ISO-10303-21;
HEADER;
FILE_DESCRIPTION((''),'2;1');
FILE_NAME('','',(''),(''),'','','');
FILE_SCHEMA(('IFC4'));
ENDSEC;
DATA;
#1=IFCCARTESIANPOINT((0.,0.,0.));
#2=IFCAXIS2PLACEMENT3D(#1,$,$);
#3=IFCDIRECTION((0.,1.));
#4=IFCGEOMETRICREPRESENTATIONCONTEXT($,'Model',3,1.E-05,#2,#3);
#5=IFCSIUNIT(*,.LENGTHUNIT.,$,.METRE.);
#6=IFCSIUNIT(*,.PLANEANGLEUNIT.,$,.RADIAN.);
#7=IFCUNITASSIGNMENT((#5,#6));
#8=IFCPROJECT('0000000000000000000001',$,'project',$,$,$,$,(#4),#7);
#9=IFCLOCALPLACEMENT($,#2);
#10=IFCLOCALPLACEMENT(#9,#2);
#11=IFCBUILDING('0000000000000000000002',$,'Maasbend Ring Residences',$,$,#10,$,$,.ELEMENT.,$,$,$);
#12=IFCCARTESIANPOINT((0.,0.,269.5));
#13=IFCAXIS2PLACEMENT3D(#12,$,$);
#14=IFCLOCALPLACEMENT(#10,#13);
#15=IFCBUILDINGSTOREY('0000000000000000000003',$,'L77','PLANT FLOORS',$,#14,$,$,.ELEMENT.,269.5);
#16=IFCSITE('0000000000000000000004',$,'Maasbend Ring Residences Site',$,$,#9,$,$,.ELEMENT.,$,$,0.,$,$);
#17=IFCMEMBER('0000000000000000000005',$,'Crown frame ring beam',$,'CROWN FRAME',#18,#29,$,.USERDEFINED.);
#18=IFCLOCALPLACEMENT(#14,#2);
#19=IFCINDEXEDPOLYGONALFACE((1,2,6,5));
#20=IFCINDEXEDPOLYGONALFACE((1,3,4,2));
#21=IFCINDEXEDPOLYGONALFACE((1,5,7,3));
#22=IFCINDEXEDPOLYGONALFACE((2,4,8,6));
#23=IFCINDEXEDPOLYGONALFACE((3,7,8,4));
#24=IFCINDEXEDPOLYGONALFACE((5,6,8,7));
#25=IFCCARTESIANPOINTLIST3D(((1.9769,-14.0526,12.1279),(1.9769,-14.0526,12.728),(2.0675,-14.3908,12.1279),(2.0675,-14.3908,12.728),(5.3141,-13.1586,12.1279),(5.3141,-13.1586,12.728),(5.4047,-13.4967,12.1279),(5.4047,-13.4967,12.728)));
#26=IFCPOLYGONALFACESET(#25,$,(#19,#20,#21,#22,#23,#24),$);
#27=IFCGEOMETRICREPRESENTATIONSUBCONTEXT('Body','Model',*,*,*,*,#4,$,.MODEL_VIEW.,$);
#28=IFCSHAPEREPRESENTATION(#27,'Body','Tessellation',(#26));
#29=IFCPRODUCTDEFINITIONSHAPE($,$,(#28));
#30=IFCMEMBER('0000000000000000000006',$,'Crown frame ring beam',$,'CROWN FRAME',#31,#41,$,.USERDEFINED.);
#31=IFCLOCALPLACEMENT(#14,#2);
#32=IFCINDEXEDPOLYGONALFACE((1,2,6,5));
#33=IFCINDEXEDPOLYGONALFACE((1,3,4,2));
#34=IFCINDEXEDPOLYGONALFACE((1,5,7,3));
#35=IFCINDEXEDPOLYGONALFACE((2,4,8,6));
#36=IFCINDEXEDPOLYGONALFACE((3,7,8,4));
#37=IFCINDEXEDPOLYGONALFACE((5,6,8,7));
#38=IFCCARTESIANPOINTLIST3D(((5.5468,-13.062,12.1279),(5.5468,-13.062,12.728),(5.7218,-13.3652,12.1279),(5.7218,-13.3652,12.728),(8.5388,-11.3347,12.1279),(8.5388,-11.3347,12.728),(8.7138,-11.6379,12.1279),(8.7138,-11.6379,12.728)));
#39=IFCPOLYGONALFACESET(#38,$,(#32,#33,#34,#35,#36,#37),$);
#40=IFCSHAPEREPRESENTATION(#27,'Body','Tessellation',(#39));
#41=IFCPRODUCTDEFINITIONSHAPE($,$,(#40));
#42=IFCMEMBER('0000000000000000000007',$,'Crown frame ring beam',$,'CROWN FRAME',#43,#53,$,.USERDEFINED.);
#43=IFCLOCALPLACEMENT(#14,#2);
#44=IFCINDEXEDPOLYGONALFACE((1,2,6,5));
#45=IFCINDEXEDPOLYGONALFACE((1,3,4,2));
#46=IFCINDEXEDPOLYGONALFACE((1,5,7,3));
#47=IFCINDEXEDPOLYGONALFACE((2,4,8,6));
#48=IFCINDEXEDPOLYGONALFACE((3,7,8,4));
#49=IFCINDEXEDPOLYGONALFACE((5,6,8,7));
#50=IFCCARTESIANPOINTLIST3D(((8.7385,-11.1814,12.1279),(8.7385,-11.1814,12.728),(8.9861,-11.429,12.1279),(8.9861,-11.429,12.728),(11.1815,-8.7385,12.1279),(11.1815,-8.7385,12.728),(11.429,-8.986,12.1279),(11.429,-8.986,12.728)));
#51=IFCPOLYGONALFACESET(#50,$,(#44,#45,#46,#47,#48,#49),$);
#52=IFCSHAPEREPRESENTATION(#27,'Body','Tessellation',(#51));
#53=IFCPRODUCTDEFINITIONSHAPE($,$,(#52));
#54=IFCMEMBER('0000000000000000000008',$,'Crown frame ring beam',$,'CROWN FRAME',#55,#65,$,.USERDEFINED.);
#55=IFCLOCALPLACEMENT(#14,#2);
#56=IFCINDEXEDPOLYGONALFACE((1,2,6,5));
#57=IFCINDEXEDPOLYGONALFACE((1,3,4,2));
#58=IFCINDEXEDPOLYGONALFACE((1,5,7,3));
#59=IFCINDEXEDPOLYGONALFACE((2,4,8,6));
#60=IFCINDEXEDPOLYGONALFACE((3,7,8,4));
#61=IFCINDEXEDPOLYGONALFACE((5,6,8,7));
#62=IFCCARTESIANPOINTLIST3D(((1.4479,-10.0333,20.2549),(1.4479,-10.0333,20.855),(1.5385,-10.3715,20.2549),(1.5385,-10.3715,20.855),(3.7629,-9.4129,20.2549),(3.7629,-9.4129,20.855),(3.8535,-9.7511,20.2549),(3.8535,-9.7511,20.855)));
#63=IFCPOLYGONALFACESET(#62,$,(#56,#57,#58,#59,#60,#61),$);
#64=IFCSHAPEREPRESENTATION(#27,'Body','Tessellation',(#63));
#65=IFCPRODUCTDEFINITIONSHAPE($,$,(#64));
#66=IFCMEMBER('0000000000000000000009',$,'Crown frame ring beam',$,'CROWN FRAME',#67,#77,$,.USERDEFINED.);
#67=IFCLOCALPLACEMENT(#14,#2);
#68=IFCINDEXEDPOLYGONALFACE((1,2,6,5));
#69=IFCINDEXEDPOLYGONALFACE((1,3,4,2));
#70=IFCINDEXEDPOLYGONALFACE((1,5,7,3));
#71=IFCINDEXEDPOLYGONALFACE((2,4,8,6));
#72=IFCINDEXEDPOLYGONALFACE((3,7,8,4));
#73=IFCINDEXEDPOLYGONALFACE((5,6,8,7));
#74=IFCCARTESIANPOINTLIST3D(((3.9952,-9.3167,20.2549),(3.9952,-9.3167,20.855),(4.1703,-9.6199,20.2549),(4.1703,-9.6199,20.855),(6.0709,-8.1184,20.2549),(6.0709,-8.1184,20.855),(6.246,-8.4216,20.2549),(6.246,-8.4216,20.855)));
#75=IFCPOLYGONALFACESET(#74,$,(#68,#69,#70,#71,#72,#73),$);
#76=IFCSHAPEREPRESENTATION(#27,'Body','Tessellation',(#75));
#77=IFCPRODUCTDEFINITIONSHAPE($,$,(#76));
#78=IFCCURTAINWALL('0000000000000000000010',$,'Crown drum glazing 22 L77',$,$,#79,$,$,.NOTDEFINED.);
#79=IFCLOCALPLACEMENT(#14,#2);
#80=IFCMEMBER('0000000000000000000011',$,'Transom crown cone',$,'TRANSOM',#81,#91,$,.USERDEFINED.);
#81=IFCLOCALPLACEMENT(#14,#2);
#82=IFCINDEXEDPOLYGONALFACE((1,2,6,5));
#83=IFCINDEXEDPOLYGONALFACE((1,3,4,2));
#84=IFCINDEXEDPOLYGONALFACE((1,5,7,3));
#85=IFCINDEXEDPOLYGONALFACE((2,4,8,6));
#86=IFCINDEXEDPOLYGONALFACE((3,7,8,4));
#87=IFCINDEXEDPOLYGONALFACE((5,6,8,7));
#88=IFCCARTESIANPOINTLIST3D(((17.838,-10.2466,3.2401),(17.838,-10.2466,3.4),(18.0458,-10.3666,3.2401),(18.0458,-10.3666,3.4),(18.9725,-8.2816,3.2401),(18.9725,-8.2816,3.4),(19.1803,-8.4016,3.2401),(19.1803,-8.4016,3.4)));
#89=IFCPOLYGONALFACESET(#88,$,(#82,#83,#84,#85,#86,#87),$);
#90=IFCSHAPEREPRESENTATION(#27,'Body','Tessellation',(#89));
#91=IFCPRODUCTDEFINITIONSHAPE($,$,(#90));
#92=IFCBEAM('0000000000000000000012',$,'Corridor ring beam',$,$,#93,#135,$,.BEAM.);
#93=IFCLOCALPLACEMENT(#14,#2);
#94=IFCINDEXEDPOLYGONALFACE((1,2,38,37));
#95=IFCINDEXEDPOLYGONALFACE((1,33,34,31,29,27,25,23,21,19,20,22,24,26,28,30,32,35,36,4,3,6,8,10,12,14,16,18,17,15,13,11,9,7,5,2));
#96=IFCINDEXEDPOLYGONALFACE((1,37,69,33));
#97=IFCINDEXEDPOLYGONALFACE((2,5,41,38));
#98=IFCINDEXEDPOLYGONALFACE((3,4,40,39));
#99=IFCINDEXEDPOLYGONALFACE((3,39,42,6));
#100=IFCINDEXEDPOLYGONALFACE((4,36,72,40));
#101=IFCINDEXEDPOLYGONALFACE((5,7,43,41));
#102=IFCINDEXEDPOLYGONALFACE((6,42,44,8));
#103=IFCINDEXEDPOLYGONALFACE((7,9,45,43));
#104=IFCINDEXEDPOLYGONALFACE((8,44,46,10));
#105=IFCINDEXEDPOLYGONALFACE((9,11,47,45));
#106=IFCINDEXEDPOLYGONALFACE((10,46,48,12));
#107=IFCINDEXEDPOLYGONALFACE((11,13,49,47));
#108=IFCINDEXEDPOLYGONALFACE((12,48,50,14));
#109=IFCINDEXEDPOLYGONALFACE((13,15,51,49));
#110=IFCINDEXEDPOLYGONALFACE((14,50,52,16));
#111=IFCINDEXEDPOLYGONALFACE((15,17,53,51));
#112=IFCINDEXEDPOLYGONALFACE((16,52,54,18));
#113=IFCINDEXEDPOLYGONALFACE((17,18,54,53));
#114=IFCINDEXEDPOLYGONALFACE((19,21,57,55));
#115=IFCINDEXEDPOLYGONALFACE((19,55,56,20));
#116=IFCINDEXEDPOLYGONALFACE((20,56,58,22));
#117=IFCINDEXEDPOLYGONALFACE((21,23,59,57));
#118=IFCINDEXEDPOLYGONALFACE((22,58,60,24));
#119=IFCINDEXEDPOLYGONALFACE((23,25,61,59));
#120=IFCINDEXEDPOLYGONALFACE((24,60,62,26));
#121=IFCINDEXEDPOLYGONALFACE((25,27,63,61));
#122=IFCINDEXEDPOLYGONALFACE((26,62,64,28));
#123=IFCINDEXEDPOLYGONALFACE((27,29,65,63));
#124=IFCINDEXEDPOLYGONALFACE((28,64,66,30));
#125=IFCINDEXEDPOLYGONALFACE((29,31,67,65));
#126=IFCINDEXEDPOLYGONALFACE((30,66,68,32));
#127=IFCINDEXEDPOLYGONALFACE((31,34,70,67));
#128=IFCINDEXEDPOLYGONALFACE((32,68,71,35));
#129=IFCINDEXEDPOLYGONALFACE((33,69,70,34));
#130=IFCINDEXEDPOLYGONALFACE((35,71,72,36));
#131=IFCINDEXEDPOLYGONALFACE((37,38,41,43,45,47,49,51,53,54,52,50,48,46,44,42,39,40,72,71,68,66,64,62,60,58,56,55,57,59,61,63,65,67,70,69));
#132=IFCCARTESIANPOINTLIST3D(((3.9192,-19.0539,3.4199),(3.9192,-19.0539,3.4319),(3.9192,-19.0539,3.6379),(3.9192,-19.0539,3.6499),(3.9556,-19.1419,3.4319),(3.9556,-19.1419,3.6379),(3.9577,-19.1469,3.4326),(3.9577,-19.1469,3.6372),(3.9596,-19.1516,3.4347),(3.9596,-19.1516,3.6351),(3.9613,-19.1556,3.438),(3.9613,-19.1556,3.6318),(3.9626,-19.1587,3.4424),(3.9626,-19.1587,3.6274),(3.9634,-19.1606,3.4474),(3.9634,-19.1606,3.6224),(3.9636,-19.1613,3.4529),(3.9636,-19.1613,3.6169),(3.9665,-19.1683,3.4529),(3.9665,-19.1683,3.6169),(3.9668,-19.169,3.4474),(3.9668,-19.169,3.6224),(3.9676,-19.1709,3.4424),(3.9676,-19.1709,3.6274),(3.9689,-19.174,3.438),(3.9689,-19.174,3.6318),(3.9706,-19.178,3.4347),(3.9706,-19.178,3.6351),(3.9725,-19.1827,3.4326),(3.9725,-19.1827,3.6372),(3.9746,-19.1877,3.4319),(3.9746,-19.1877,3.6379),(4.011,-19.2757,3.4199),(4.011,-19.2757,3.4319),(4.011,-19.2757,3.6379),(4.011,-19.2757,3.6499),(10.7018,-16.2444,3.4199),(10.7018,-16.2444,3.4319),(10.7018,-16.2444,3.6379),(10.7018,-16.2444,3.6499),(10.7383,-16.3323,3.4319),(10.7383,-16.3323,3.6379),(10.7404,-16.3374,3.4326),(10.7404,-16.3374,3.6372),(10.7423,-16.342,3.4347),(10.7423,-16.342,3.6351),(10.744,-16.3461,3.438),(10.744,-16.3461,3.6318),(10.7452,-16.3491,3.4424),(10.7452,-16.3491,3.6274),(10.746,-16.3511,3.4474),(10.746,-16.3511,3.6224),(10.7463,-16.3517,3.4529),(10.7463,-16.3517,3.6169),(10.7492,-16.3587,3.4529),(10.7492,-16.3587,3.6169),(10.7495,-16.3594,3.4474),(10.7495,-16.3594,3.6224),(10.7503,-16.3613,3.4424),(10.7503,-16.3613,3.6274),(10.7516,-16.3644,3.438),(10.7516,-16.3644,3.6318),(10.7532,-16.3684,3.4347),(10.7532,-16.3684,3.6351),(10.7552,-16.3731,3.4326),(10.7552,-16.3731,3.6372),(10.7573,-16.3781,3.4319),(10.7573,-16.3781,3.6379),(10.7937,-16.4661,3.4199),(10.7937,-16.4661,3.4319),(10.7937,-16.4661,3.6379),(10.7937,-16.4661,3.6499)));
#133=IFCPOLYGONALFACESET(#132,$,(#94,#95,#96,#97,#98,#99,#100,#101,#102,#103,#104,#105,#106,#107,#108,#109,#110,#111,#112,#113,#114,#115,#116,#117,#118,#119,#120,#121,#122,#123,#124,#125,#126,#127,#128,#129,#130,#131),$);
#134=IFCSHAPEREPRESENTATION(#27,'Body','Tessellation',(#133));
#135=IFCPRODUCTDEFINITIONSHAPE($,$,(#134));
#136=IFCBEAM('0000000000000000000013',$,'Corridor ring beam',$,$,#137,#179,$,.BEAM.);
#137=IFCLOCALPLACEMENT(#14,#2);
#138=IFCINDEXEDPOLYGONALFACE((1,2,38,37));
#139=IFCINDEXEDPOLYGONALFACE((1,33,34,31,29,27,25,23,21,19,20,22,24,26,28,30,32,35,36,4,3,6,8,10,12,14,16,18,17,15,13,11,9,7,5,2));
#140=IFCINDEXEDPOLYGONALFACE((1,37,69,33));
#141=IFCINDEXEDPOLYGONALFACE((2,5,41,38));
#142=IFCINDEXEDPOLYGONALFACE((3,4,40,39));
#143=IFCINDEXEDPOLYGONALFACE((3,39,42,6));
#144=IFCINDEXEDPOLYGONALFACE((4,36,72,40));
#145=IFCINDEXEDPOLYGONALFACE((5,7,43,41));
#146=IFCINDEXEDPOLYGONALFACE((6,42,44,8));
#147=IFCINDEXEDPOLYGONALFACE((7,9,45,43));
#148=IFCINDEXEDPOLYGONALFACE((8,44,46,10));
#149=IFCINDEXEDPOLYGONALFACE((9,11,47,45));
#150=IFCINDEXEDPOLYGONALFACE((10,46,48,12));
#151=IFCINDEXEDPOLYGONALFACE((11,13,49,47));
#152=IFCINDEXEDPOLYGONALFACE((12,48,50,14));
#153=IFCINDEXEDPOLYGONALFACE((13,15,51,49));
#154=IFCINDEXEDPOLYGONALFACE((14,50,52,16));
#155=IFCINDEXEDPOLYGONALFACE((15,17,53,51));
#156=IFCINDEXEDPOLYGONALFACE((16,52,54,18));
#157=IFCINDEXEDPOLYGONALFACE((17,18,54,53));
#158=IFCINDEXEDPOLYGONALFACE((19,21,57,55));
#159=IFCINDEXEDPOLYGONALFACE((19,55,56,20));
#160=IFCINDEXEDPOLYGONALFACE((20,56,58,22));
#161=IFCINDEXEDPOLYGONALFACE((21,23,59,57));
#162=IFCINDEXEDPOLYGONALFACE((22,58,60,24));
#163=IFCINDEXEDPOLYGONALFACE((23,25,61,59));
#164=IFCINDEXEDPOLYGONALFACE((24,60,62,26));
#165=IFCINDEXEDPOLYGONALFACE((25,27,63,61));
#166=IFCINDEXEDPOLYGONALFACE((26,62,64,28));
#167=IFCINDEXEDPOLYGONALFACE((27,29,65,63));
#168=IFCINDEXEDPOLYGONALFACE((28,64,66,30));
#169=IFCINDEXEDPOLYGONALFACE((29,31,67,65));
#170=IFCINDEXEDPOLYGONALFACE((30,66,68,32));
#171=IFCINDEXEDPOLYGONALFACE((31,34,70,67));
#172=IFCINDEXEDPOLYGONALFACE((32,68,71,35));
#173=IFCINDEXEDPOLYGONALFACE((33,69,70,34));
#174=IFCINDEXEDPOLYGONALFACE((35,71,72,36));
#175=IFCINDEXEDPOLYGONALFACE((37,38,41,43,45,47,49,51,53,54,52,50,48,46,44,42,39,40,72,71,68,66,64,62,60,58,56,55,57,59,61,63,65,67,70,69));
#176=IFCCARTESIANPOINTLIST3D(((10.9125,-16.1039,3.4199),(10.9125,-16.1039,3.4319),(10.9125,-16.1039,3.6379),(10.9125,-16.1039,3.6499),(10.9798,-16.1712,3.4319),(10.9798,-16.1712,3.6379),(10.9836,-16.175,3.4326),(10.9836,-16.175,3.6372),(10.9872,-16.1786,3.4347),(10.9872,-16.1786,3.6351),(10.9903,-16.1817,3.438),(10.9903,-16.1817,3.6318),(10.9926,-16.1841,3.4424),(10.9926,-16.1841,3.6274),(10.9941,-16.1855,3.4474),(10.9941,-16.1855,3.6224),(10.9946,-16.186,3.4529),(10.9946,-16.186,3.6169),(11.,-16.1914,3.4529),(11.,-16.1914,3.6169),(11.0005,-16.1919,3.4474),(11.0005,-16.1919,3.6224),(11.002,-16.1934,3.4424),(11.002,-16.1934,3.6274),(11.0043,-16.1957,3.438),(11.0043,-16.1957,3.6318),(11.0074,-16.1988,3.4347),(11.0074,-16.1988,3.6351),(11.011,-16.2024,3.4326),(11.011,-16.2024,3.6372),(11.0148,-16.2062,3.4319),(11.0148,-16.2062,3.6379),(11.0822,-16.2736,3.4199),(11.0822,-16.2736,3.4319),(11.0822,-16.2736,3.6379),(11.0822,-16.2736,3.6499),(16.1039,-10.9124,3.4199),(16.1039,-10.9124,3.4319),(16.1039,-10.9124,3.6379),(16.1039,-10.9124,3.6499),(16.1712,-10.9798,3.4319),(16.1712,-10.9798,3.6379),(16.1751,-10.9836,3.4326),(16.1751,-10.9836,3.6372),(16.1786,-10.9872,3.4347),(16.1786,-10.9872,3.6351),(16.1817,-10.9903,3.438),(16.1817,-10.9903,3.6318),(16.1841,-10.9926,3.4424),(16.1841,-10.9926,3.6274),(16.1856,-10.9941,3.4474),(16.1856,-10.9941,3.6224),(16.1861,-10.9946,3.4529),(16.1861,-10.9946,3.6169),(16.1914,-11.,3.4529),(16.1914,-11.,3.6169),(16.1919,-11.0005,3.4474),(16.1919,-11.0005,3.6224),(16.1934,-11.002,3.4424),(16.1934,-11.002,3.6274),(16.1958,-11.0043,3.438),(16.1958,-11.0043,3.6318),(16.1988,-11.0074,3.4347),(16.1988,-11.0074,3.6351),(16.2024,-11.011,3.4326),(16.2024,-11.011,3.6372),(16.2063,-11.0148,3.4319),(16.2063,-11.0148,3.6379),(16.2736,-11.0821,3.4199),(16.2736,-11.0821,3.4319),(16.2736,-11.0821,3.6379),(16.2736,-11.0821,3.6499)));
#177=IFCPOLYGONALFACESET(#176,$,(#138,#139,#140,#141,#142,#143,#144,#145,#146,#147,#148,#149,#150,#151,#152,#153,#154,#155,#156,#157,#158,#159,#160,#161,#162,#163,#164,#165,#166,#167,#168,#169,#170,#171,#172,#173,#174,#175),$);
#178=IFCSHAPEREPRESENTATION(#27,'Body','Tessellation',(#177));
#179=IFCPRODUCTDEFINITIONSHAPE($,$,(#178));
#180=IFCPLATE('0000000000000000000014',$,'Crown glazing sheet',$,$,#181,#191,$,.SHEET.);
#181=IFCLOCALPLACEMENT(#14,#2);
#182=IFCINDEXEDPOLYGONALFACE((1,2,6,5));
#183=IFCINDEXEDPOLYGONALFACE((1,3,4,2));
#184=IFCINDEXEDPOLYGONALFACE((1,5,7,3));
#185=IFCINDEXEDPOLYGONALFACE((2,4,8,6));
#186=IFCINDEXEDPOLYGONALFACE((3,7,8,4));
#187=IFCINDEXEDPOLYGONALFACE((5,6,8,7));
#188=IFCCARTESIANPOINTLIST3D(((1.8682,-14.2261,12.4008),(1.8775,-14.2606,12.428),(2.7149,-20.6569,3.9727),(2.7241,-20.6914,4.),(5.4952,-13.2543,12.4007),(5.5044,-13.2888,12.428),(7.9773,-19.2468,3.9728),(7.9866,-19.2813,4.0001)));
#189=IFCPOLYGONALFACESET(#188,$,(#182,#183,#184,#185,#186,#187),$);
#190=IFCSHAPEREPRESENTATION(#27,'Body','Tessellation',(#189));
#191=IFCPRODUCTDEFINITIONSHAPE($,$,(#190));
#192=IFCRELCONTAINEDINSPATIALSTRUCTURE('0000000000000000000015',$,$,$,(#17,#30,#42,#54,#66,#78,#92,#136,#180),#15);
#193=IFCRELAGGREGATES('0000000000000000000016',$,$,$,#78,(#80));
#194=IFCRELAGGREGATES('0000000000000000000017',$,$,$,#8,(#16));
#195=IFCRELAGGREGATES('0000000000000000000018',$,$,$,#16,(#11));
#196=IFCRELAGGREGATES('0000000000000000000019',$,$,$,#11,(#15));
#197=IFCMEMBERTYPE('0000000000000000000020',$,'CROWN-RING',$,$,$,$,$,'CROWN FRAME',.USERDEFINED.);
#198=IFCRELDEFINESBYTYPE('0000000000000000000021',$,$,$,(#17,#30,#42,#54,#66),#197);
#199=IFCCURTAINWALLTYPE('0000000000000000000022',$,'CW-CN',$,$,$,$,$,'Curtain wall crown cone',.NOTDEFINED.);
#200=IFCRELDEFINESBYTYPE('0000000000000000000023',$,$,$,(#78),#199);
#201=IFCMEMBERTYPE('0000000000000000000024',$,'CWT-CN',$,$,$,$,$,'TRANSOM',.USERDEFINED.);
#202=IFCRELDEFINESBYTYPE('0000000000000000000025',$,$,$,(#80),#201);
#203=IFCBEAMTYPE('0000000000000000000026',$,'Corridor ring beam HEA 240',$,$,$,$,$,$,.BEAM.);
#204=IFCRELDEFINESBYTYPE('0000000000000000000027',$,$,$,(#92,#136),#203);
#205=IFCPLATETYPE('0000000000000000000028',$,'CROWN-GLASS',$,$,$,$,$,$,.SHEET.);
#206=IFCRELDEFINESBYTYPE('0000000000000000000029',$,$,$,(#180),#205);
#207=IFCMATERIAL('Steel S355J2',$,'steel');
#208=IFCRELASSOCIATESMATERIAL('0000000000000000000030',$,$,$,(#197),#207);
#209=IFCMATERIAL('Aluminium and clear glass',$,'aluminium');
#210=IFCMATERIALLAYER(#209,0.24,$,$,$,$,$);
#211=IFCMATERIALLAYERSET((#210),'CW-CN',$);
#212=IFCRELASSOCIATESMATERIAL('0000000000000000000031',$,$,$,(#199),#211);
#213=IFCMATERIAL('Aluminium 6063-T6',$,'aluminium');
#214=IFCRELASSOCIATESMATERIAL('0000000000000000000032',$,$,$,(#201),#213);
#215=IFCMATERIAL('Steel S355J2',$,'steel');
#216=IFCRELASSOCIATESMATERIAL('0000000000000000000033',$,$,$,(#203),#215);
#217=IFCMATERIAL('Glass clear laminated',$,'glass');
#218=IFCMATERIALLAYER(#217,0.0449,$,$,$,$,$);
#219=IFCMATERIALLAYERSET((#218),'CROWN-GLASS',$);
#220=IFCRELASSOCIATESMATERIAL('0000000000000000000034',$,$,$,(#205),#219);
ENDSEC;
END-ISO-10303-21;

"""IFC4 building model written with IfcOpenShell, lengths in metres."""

from ifc_helpers import new_model, si_unit, direction, frame, origin, origin_2d, place, context, subcontext, project, spatial, polyline, rectangle, i_section, outline, extrude, material, layer, layer_set, material_profile, profile_set, type_object, element, aggregate, save


model = new_model("IFC4")

# Units and contexts
model_context = context("Model", 3, precision=1e-05, world=origin(), true_north=direction((0.0, 1.0)))
body_context = subcontext(model_context, "Body", "Model", "MODEL_VIEW")
ifc_project = project(units=[si_unit("LENGTHUNIT", "METRE"), si_unit("PLANEANGLEUNIT", "RADIAN")], contexts=[model_context])

# Site, building, storey
site_placement = place(None, origin())
site = spatial("IfcSite", under=ifc_project, at=site_placement, Name="Maasbend Ring Residences Site", CompositionType="ELEMENT", RefElevation=0.0)
building_placement = place(site_placement, origin())
building = spatial("IfcBuilding", under=site, at=building_placement, Name="Maasbend Ring Residences", CompositionType="ELEMENT")
storey_placement = place(building_placement, frame((0.0, 0.0, 269.5)))
storey = spatial("IfcBuildingStorey", under=building, at=storey_placement, Name="L77", Description="PLANT FLOORS", CompositionType="ELEMENT", Elevation=269.5)

# Members
ifc_material_1 = material(Name="Steel S355J2", Category="steel")
ifc_material_profile_1 = material_profile(ifc_material_1, rectangle(XDim=0.3501, YDim=0.6001, at=origin_2d()), Name="Box 350x600x16")
ifc_profile_set_1 = profile_set([ifc_material_profile_1], Name="Steel S355J2")
member_type_1 = type_object("IfcMemberType", Name="CROWN-RING", ElementType="CROWN FRAME", PredefinedType="USERDEFINED", material=ifc_profile_set_1)
for number, where, z_axis, x_axis, name in (
    (1, (2.0222, -14.2217, 12.428), (0.965936, 0.25878, 0.0), (-0.25878, 0.965936, 0.0), "Crown frame ring beam"),
    (2, (5.6343, -13.2136, 12.428), (0.866038, 0.499977, 0.0), (-0.499977, 0.866038, 0.0), "Crown frame ring beam"),
    (3, (8.8623, -11.3052, 12.428), (0.707107, 0.707107, 0.0), (-0.707107, 0.707107, 0.0), "Crown frame ring beam"),
):
    element("IfcMember", number, at=place(storey_placement, frame(where, z_axis=z_axis, x_axis=x_axis)), inside=storey, type_object=member_type_1, Name=name, ObjectType="CROWN FRAME", PredefinedType="USERDEFINED", context=body_context, shape_type="SweptSolid", body=[
        extrude(rectangle(XDim=0.3501, YDim=0.6001, at=origin_2d()), origin(), (0.0, 0.0, 1.0), 3.4548),
    ])
for number, where, z_axis, x_axis, name in (
    (4, (1.4932, -10.2024, 20.5549), (0.965918, 0.258848, 0.0), (-0.258848, 0.965918, 0.0), "Crown frame ring beam"),
    (5, (4.0828, -9.4683, 20.5549), (0.866053, 0.499952, 0.0), (-0.499952, 0.866053, 0.0), "Crown frame ring beam"),
):
    element("IfcMember", number, at=place(storey_placement, frame(where, z_axis=z_axis, x_axis=x_axis)), inside=storey, type_object=member_type_1, Name=name, ObjectType="CROWN FRAME", PredefinedType="USERDEFINED", context=body_context, shape_type="SweptSolid", body=[
        extrude(rectangle(XDim=0.3501, YDim=0.6001, at=origin_2d()), origin(), (0.0, 0.0, 1.0), 2.3967),
    ])

# Curtain wall, member
ifc_material_2 = material(Name="Aluminium and clear glass", Category="aluminium")
ifc_layer_1 = layer(ifc_material_2, 0.24)
ifc_layer_set_1 = layer_set([ifc_layer_1], Name="CW-CN")
curtain_wall_type = type_object("IfcCurtainWallType", Name="CW-CN", ElementType="Curtain wall crown cone", PredefinedType="NOTDEFINED", material=ifc_layer_set_1)
curtain_wall_placement = place(storey_placement, origin())
curtain_wall = element("IfcCurtainWall", 6, at=curtain_wall_placement, inside=storey, type_object=curtain_wall_type, Name="Crown drum glazing 22 L77", PredefinedType="NOTDEFINED")
ifc_material_3 = material(Name="Aluminium 6063-T6", Category="aluminium")
ifc_material_profile_2 = material_profile(ifc_material_3, rectangle(XDim=0.24, YDim=0.1599, at=origin_2d()), Name="AL 240x160")
ifc_profile_set_2 = profile_set([ifc_material_profile_2], Name="Aluminium 6063-T6")
member_type_2 = type_object("IfcMemberType", Name="CWT-CN", ElementType="TRANSOM", PredefinedType="USERDEFINED", material=ifc_profile_set_2)
member_1_placement = place(storey_placement, frame((17.9419, -10.3066, 3.3201), z_axis=(0.499993, 0.86603, 0.0), x_axis=(-0.86603, 0.499993, 0.0)))
member_1 = element("IfcMember", 7, at=member_1_placement, type_object=member_type_2, Name="Transom crown cone", ObjectType="TRANSOM", PredefinedType="USERDEFINED", context=body_context, shape_type="SweptSolid", body=[
    extrude(rectangle(XDim=0.24, YDim=0.1599, at=origin_2d()), origin(), (0.0, 0.0, 1.0), 2.269),
])
aggregate(curtain_wall, [member_1])

# Beams
ifc_material_4 = material(Name="Steel S355J2", Category="steel")
ifc_material_profile_3 = material_profile(ifc_material_4, i_section(OverallWidth=0.24, OverallDepth=0.23, WebThickness=0.0076, FlangeThickness=0.012, FilletRadius=0.021, at=origin_2d()), Name="HEA 240")
ifc_profile_set_3 = profile_set([ifc_material_profile_3], Name="Steel S355J2")
beam_type = type_object("IfcBeamType", Name="Corridor ring beam HEA 240", PredefinedType="BEAM", material=ifc_profile_set_3)
beam_1_placement = place(storey_placement, frame((3.9651, -19.1648, 3.5349), z_axis=(0.923876, 0.382692, 0.0), x_axis=(-0.382692, 0.923876, 0.0)))
element("IfcBeam", 8, at=beam_1_placement, inside=storey, type_object=beam_type, Name="Corridor ring beam", PredefinedType="BEAM", context=body_context, shape_type="SweptSolid", body=[
    extrude(i_section(OverallWidth=0.24, OverallDepth=0.23, WebThickness=0.0076, FlangeThickness=0.012, FilletRadius=0.021, at=origin_2d()), origin(), (0.0, 0.0, 1.0), 7.3416),
])
beam_2_placement = place(storey_placement, frame((10.9973, -16.1887, 3.5349), z_axis=(0.707107, 0.707107, 0.0), x_axis=(-0.707107, 0.707107, 0.0)))
element("IfcBeam", 9, at=beam_2_placement, inside=storey, type_object=beam_type, Name="Corridor ring beam", PredefinedType="BEAM", context=body_context, shape_type="SweptSolid", body=[
    extrude(i_section(OverallWidth=0.24, OverallDepth=0.23, WebThickness=0.0076, FlangeThickness=0.012, FilletRadius=0.021, at=origin_2d()), origin(), (0.0, 0.0, 1.0), 7.3418),
])

# Plate
ifc_material_5 = material(Name="Glass clear laminated", Category="glass")
ifc_layer_2 = layer(ifc_material_5, 0.0449)
ifc_layer_set_2 = layer_set([ifc_layer_2], Name="CROWN-GLASS")
plate_type = type_object("IfcPlateType", Name="CROWN-GLASS", PredefinedType="SHEET", material=ifc_layer_set_2)
plate_1_placement = place(storey_placement, frame((2.7241, -20.6914, 4.0), z_axis=(0.205755, -0.767913, 0.606609), x_axis=(0.965926, 0.25882, 0.000011)))
element("IfcPlate", 10, at=plate_1_placement, inside=storey, type_object=plate_type, Name="Crown glazing sheet", PredefinedType="SHEET", context=body_context, shape_type="SweptSolid", body=[
    extrude(outline(polyline([(0.0, 0.0), (5.4481, 0.0), (4.6016, 10.6012), (0.8467, 10.6013), (0.0, 0.0)])), origin(), (0.0, 0.0, -1.0), 0.0449),
])

save(model, "model.ifc")
